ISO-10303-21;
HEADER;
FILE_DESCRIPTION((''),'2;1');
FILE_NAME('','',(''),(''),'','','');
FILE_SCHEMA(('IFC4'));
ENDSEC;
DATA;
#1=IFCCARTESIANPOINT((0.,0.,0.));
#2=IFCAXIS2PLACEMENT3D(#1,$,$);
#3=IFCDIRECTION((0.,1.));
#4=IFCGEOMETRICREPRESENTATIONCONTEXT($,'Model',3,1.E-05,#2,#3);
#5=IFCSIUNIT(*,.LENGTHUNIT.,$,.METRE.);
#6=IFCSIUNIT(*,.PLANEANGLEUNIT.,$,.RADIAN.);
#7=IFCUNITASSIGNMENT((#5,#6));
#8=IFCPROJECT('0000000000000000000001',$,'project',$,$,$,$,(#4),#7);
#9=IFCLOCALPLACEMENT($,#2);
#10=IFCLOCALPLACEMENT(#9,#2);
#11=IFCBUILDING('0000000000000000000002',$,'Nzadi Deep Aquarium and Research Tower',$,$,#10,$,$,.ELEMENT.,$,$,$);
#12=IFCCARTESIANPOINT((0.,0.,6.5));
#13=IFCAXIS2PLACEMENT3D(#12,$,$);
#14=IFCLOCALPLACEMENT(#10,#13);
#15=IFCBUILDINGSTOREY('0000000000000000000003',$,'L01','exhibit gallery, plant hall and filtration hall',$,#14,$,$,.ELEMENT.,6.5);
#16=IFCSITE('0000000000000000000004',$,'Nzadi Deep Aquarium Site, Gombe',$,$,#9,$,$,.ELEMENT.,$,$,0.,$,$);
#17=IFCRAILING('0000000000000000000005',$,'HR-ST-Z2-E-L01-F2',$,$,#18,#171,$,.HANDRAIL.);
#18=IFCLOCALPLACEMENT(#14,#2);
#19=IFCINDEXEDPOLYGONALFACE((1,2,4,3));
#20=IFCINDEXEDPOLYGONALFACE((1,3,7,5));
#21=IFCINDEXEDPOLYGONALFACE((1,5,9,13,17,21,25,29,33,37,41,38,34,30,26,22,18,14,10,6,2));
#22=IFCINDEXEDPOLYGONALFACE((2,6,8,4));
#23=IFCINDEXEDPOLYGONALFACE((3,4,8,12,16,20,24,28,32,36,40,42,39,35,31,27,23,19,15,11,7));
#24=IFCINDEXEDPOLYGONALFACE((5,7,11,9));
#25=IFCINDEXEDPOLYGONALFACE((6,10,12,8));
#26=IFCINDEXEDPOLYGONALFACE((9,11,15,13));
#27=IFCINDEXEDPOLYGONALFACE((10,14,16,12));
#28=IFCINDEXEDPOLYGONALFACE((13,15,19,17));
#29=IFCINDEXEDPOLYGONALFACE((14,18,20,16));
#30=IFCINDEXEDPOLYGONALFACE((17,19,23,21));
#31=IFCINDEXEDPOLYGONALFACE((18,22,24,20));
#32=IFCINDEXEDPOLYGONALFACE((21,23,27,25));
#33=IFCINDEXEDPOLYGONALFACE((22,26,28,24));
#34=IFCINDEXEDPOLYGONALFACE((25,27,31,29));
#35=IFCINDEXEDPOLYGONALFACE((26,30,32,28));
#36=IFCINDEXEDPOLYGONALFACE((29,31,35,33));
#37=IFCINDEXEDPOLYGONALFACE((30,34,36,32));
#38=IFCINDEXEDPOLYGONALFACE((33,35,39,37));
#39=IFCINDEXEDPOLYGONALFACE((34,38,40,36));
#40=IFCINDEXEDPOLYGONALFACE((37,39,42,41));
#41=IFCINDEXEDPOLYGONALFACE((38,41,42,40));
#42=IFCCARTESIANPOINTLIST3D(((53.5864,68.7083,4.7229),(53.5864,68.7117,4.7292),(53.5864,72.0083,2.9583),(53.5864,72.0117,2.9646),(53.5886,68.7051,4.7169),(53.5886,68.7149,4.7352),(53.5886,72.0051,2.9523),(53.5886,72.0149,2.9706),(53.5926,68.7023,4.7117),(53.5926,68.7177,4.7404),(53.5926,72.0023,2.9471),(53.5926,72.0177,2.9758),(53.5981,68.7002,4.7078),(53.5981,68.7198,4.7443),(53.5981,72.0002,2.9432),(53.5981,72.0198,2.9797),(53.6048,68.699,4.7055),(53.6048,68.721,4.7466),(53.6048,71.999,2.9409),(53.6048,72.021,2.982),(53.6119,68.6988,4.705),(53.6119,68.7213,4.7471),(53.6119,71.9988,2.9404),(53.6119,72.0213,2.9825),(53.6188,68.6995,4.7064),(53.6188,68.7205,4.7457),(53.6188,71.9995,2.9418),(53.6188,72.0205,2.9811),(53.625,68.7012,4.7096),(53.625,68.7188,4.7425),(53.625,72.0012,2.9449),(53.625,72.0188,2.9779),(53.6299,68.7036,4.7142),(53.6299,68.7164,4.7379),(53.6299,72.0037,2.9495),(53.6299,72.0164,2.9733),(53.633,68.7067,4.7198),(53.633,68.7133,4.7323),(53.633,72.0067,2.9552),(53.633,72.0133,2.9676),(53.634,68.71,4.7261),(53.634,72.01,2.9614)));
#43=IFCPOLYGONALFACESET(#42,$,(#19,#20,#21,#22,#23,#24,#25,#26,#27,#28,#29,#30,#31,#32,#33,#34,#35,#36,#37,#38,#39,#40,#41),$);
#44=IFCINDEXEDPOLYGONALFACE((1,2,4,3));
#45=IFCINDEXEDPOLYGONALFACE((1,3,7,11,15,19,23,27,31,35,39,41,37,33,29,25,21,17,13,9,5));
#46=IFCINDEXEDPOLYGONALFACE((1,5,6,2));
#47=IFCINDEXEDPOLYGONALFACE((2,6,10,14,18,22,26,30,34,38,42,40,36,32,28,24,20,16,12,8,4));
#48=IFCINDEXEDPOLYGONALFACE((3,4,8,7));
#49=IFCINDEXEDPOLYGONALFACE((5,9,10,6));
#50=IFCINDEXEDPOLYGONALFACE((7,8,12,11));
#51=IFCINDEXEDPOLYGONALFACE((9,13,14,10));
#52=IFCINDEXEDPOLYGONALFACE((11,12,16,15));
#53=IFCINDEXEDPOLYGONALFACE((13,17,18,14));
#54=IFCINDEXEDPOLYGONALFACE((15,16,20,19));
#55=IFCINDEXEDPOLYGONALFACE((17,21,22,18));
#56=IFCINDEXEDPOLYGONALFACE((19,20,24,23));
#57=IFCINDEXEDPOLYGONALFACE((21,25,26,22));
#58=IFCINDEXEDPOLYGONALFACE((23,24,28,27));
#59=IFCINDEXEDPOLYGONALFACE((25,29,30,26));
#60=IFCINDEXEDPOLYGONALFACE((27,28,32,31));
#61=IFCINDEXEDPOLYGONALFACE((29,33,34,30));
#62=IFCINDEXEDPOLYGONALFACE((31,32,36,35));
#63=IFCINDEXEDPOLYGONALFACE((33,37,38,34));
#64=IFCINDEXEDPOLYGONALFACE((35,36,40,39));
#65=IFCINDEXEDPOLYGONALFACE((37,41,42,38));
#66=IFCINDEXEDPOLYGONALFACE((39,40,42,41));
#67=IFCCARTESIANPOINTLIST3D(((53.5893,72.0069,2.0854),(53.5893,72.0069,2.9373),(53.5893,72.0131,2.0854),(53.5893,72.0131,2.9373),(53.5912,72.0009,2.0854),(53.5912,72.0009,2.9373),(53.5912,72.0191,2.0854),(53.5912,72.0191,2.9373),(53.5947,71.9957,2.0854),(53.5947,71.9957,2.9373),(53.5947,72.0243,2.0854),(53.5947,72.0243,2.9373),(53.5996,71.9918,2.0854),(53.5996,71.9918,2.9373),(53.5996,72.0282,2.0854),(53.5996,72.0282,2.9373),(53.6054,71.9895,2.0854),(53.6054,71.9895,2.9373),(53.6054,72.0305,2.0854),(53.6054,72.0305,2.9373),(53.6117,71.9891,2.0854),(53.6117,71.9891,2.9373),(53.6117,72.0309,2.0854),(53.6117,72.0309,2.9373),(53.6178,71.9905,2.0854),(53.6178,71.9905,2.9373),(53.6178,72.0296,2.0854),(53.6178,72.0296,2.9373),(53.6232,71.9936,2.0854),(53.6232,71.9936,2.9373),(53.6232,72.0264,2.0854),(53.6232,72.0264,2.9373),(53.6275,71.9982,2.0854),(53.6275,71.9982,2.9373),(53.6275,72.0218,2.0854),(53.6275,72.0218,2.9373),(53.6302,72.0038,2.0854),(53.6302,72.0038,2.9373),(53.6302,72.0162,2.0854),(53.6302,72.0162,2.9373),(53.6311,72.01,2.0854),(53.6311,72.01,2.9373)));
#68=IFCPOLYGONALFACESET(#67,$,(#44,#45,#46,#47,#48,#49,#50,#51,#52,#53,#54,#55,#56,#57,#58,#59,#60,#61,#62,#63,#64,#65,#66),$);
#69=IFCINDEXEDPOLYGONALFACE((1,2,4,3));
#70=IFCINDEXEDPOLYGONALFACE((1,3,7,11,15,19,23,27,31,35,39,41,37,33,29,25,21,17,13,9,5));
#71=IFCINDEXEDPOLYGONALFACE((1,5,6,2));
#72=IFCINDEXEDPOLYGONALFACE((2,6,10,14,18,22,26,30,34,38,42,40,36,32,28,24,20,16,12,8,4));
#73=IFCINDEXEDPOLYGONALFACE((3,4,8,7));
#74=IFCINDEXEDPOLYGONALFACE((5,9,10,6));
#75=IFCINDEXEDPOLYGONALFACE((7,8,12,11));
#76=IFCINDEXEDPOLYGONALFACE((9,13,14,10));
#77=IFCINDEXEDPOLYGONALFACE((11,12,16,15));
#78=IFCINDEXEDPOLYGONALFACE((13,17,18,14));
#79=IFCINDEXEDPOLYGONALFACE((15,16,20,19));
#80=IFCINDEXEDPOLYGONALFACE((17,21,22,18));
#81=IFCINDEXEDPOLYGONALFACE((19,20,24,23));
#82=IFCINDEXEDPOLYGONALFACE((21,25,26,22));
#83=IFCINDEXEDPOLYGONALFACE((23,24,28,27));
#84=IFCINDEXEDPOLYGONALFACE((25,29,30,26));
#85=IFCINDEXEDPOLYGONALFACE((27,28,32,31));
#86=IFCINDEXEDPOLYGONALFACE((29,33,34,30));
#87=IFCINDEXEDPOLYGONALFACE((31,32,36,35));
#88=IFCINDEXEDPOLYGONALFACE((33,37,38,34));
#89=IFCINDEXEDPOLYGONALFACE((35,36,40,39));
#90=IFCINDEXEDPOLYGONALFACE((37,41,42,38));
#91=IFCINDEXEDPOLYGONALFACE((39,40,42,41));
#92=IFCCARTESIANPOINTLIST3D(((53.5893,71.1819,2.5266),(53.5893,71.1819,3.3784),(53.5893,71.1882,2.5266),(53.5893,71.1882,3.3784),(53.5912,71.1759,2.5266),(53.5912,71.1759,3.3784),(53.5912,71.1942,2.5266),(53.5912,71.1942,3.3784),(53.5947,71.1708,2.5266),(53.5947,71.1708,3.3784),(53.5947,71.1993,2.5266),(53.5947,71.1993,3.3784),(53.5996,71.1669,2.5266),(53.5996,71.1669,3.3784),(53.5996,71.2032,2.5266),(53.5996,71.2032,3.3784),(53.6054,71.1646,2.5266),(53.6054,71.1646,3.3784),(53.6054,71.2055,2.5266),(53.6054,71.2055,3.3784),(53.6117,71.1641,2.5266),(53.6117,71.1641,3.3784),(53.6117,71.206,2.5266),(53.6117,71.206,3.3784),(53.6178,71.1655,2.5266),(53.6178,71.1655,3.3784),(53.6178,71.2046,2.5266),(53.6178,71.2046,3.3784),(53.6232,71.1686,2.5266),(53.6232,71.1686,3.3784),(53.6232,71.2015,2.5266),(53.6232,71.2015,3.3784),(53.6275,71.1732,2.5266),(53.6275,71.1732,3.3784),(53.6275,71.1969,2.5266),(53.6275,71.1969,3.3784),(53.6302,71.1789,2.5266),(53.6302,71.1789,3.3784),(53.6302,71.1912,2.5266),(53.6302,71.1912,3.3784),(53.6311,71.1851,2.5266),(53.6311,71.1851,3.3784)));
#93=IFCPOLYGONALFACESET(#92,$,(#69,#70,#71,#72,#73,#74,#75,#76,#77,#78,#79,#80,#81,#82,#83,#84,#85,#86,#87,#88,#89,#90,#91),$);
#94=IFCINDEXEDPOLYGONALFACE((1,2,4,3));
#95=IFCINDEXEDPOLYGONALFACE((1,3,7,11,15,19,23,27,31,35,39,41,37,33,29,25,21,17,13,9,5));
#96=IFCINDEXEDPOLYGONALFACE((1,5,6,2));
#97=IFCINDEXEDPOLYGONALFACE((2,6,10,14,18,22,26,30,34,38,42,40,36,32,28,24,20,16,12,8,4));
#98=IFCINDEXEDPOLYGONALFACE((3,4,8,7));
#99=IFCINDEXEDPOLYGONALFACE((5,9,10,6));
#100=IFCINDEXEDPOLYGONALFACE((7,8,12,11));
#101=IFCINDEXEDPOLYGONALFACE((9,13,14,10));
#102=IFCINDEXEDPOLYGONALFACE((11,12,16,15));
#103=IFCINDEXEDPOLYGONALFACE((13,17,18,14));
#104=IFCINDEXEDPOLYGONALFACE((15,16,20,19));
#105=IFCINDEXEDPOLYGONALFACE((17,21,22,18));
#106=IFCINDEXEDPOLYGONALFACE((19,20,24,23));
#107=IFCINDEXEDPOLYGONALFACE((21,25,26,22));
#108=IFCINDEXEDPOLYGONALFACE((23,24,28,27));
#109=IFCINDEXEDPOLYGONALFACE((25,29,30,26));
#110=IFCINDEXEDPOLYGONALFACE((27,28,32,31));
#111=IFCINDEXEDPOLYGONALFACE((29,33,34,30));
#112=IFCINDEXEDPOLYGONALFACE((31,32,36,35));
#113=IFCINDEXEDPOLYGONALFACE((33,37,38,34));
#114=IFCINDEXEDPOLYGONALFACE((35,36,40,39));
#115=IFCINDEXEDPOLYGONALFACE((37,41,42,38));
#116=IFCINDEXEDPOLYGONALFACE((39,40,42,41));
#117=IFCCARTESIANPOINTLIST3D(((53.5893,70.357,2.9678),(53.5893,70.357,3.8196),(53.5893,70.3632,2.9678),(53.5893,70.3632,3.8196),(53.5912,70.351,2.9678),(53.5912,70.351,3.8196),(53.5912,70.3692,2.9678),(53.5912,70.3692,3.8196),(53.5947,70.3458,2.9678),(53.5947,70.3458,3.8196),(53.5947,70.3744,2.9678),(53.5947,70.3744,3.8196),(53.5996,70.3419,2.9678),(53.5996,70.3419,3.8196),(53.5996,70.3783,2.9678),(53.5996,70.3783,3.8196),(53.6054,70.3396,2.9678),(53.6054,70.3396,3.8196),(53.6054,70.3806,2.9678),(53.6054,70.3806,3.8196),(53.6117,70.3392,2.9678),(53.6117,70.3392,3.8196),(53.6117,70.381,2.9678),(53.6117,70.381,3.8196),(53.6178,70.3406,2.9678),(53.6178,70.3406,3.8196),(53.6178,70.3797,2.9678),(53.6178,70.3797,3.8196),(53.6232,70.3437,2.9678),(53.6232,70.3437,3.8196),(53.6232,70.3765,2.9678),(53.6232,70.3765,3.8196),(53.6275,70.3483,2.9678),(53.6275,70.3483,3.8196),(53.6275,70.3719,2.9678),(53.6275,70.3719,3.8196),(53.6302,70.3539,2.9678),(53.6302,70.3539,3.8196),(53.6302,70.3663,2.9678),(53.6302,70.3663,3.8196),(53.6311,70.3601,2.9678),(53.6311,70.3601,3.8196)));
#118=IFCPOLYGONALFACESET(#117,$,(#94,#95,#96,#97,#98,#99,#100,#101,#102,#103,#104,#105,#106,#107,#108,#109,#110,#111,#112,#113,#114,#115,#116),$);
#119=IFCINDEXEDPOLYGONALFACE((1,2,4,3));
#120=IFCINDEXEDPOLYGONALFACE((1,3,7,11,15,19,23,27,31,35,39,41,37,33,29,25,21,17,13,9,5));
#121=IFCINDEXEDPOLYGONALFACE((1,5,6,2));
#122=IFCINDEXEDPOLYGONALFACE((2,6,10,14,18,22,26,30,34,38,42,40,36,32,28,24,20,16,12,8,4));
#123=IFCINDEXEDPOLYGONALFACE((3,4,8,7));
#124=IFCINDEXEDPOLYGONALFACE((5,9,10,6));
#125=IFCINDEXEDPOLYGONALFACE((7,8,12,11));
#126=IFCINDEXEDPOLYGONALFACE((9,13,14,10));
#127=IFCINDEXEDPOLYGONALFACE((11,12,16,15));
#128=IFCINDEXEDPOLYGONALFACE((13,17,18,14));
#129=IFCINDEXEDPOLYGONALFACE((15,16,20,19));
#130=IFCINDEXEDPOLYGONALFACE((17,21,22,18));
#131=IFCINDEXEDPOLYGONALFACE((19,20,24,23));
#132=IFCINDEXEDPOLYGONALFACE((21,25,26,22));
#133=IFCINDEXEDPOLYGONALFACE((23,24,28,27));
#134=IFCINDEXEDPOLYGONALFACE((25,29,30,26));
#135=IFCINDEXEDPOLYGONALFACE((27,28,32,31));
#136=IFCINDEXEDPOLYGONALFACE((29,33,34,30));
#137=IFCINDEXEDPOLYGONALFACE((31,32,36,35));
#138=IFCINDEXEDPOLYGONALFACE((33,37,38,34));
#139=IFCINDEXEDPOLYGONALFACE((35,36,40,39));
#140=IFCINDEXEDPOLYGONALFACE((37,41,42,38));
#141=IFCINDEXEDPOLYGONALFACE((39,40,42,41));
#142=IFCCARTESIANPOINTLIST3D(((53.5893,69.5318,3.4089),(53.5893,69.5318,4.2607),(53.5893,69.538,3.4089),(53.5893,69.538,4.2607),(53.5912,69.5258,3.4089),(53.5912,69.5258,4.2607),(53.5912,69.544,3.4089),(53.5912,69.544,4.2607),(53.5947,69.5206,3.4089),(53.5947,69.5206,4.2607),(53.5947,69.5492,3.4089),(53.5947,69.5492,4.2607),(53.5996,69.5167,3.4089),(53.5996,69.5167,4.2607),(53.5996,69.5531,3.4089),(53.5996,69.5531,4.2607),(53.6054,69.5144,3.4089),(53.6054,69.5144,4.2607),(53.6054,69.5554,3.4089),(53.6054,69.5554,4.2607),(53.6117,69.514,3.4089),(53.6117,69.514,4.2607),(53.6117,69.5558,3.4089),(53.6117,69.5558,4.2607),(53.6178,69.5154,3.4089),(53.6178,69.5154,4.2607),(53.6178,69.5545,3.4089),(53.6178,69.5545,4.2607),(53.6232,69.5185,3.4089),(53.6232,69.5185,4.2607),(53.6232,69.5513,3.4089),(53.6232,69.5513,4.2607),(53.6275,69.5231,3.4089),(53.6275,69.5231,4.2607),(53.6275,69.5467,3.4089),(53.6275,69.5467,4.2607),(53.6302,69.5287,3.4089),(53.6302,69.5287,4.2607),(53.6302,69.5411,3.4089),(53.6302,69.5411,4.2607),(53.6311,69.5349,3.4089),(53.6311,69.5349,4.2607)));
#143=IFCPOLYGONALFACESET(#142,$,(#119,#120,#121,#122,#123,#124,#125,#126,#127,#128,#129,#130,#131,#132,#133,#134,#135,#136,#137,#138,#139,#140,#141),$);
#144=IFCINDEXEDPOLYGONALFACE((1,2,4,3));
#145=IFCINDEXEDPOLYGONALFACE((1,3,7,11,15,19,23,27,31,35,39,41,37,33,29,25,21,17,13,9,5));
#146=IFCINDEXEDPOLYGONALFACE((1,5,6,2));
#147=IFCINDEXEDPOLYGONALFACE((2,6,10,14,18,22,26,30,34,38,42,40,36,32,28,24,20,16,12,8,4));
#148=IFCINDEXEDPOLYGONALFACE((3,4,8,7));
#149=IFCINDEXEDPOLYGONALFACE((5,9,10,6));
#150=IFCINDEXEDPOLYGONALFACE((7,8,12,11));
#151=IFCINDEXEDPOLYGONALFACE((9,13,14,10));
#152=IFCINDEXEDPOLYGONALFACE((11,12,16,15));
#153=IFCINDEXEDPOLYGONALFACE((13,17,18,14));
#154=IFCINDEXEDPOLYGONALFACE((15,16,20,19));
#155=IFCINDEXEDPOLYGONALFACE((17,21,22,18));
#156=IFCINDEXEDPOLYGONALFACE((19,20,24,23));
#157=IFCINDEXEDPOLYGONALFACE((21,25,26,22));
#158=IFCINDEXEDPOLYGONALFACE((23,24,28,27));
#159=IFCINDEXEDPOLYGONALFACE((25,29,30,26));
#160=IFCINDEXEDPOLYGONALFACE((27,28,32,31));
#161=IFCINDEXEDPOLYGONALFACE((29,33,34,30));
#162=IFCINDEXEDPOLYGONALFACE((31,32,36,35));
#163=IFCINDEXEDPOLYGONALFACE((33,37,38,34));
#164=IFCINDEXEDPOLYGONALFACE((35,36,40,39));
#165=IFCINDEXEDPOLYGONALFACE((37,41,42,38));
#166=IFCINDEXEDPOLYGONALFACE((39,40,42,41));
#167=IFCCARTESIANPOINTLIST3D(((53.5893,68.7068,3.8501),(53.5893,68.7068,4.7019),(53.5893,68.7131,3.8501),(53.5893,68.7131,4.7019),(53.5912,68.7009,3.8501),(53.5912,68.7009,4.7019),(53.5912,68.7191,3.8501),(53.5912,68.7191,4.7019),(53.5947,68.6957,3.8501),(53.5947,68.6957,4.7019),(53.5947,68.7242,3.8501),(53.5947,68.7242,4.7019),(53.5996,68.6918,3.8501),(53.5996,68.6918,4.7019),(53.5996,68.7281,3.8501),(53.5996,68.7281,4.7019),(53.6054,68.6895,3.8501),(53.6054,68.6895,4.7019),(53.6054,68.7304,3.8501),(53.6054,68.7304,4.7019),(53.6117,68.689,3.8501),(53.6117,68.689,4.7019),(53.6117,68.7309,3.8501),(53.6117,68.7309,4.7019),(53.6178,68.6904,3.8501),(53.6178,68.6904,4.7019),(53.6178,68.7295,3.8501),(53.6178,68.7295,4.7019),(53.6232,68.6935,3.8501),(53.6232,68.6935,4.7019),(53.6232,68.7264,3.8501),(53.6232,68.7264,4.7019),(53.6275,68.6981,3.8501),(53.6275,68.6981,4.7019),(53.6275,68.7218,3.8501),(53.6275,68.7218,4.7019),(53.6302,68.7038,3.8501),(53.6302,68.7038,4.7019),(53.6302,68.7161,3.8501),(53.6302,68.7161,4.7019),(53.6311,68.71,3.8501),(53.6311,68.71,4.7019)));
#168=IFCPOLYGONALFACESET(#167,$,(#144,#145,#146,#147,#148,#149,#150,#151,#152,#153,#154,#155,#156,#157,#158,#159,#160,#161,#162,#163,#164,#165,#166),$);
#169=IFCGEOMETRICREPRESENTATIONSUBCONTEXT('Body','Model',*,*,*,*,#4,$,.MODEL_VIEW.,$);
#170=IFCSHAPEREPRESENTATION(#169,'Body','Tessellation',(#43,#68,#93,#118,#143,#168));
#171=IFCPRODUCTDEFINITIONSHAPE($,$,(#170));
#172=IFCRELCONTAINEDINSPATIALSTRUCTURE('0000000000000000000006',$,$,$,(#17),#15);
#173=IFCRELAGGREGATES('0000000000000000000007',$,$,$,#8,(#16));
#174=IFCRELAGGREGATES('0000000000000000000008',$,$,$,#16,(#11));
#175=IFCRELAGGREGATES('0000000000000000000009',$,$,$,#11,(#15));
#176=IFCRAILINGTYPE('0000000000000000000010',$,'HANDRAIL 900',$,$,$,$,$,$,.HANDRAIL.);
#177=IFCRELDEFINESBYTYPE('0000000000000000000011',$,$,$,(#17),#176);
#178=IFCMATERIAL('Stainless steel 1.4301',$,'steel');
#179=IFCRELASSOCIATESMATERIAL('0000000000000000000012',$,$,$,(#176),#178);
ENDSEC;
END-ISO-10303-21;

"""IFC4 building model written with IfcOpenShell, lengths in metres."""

from ifc_helpers import new_model, si_unit, direction, frame, origin, origin_2d, place, context, subcontext, project, spatial, circle, extrude, material, type_object, element, save


model = new_model("IFC4")

# Units and contexts
model_context = context("Model", 3, precision=1e-05, world=origin(), true_north=direction((0.0, 1.0)))
body_context = subcontext(model_context, "Body", "Model", "MODEL_VIEW")
ifc_project = project(units=[si_unit("LENGTHUNIT", "METRE"), si_unit("PLANEANGLEUNIT", "RADIAN")], contexts=[model_context])

# Site, building, storey
site_placement = place(None, origin())
site = spatial("IfcSite", under=ifc_project, at=site_placement, Name="Nzadi Deep Aquarium Site, Gombe", CompositionType="ELEMENT", RefElevation=0.0)
building_placement = place(site_placement, origin())
building = spatial("IfcBuilding", under=site, at=building_placement, Name="Nzadi Deep Aquarium and Research Tower", CompositionType="ELEMENT")
storey_placement = place(building_placement, frame((0.0, 0.0, 6.5)))
storey = spatial("IfcBuildingStorey", under=building, at=storey_placement, Name="L01", Description="exhibit gallery, plant hall and filtration hall", CompositionType="ELEMENT", Elevation=6.5)

# Railing
ifc_material_1 = material(Name="Stainless steel 1.4301", Category="steel")
railing_type = type_object("IfcRailingType", Name="HANDRAIL 900", PredefinedType="HANDRAIL", material=ifc_material_1)
for number, where, name in (
    (1, (53.6101, 72.01, 2.0854), "HR-ST-Z2-E-L01-F2"),
):
    element("IfcRailing", number, at=place(storey_placement, frame(where)), inside=storey, type_object=railing_type, Name=name, PredefinedType="HANDRAIL", context=body_context, shape_type="SweptSolid", body=[
        extrude(circle(Radius=0.0239, at=origin_2d()), frame((0.0, 0.0, 0.876), z_axis=(0.0, -0.88184, 0.47155), x_axis=(1.0, 0.0, 0.0)), (0.0, 0.0, 1.0), 3.7422),
        extrude(circle(Radius=0.021, at=origin_2d()), origin(), (0.0, 0.0, 1.0), 0.8518),
        extrude(circle(Radius=0.021, at=origin_2d()), frame((0.0, -0.825, 0.4412)), (0.0, 0.0, 1.0), 0.8518),
        extrude(circle(Radius=0.021, at=origin_2d()), frame((0.0, -1.6499, 0.8823)), (0.0, 0.0, 1.0), 0.8518),
        extrude(circle(Radius=0.021, at=origin_2d()), frame((0.0, -2.4751, 1.3235)), (0.0, 0.0, 1.0), 0.8518),
        extrude(circle(Radius=0.021, at=origin_2d()), frame((0.0, -3.3, 1.7646)), (0.0, 0.0, 1.0), 0.8518),
    ])

save(model, "model.ifc")
